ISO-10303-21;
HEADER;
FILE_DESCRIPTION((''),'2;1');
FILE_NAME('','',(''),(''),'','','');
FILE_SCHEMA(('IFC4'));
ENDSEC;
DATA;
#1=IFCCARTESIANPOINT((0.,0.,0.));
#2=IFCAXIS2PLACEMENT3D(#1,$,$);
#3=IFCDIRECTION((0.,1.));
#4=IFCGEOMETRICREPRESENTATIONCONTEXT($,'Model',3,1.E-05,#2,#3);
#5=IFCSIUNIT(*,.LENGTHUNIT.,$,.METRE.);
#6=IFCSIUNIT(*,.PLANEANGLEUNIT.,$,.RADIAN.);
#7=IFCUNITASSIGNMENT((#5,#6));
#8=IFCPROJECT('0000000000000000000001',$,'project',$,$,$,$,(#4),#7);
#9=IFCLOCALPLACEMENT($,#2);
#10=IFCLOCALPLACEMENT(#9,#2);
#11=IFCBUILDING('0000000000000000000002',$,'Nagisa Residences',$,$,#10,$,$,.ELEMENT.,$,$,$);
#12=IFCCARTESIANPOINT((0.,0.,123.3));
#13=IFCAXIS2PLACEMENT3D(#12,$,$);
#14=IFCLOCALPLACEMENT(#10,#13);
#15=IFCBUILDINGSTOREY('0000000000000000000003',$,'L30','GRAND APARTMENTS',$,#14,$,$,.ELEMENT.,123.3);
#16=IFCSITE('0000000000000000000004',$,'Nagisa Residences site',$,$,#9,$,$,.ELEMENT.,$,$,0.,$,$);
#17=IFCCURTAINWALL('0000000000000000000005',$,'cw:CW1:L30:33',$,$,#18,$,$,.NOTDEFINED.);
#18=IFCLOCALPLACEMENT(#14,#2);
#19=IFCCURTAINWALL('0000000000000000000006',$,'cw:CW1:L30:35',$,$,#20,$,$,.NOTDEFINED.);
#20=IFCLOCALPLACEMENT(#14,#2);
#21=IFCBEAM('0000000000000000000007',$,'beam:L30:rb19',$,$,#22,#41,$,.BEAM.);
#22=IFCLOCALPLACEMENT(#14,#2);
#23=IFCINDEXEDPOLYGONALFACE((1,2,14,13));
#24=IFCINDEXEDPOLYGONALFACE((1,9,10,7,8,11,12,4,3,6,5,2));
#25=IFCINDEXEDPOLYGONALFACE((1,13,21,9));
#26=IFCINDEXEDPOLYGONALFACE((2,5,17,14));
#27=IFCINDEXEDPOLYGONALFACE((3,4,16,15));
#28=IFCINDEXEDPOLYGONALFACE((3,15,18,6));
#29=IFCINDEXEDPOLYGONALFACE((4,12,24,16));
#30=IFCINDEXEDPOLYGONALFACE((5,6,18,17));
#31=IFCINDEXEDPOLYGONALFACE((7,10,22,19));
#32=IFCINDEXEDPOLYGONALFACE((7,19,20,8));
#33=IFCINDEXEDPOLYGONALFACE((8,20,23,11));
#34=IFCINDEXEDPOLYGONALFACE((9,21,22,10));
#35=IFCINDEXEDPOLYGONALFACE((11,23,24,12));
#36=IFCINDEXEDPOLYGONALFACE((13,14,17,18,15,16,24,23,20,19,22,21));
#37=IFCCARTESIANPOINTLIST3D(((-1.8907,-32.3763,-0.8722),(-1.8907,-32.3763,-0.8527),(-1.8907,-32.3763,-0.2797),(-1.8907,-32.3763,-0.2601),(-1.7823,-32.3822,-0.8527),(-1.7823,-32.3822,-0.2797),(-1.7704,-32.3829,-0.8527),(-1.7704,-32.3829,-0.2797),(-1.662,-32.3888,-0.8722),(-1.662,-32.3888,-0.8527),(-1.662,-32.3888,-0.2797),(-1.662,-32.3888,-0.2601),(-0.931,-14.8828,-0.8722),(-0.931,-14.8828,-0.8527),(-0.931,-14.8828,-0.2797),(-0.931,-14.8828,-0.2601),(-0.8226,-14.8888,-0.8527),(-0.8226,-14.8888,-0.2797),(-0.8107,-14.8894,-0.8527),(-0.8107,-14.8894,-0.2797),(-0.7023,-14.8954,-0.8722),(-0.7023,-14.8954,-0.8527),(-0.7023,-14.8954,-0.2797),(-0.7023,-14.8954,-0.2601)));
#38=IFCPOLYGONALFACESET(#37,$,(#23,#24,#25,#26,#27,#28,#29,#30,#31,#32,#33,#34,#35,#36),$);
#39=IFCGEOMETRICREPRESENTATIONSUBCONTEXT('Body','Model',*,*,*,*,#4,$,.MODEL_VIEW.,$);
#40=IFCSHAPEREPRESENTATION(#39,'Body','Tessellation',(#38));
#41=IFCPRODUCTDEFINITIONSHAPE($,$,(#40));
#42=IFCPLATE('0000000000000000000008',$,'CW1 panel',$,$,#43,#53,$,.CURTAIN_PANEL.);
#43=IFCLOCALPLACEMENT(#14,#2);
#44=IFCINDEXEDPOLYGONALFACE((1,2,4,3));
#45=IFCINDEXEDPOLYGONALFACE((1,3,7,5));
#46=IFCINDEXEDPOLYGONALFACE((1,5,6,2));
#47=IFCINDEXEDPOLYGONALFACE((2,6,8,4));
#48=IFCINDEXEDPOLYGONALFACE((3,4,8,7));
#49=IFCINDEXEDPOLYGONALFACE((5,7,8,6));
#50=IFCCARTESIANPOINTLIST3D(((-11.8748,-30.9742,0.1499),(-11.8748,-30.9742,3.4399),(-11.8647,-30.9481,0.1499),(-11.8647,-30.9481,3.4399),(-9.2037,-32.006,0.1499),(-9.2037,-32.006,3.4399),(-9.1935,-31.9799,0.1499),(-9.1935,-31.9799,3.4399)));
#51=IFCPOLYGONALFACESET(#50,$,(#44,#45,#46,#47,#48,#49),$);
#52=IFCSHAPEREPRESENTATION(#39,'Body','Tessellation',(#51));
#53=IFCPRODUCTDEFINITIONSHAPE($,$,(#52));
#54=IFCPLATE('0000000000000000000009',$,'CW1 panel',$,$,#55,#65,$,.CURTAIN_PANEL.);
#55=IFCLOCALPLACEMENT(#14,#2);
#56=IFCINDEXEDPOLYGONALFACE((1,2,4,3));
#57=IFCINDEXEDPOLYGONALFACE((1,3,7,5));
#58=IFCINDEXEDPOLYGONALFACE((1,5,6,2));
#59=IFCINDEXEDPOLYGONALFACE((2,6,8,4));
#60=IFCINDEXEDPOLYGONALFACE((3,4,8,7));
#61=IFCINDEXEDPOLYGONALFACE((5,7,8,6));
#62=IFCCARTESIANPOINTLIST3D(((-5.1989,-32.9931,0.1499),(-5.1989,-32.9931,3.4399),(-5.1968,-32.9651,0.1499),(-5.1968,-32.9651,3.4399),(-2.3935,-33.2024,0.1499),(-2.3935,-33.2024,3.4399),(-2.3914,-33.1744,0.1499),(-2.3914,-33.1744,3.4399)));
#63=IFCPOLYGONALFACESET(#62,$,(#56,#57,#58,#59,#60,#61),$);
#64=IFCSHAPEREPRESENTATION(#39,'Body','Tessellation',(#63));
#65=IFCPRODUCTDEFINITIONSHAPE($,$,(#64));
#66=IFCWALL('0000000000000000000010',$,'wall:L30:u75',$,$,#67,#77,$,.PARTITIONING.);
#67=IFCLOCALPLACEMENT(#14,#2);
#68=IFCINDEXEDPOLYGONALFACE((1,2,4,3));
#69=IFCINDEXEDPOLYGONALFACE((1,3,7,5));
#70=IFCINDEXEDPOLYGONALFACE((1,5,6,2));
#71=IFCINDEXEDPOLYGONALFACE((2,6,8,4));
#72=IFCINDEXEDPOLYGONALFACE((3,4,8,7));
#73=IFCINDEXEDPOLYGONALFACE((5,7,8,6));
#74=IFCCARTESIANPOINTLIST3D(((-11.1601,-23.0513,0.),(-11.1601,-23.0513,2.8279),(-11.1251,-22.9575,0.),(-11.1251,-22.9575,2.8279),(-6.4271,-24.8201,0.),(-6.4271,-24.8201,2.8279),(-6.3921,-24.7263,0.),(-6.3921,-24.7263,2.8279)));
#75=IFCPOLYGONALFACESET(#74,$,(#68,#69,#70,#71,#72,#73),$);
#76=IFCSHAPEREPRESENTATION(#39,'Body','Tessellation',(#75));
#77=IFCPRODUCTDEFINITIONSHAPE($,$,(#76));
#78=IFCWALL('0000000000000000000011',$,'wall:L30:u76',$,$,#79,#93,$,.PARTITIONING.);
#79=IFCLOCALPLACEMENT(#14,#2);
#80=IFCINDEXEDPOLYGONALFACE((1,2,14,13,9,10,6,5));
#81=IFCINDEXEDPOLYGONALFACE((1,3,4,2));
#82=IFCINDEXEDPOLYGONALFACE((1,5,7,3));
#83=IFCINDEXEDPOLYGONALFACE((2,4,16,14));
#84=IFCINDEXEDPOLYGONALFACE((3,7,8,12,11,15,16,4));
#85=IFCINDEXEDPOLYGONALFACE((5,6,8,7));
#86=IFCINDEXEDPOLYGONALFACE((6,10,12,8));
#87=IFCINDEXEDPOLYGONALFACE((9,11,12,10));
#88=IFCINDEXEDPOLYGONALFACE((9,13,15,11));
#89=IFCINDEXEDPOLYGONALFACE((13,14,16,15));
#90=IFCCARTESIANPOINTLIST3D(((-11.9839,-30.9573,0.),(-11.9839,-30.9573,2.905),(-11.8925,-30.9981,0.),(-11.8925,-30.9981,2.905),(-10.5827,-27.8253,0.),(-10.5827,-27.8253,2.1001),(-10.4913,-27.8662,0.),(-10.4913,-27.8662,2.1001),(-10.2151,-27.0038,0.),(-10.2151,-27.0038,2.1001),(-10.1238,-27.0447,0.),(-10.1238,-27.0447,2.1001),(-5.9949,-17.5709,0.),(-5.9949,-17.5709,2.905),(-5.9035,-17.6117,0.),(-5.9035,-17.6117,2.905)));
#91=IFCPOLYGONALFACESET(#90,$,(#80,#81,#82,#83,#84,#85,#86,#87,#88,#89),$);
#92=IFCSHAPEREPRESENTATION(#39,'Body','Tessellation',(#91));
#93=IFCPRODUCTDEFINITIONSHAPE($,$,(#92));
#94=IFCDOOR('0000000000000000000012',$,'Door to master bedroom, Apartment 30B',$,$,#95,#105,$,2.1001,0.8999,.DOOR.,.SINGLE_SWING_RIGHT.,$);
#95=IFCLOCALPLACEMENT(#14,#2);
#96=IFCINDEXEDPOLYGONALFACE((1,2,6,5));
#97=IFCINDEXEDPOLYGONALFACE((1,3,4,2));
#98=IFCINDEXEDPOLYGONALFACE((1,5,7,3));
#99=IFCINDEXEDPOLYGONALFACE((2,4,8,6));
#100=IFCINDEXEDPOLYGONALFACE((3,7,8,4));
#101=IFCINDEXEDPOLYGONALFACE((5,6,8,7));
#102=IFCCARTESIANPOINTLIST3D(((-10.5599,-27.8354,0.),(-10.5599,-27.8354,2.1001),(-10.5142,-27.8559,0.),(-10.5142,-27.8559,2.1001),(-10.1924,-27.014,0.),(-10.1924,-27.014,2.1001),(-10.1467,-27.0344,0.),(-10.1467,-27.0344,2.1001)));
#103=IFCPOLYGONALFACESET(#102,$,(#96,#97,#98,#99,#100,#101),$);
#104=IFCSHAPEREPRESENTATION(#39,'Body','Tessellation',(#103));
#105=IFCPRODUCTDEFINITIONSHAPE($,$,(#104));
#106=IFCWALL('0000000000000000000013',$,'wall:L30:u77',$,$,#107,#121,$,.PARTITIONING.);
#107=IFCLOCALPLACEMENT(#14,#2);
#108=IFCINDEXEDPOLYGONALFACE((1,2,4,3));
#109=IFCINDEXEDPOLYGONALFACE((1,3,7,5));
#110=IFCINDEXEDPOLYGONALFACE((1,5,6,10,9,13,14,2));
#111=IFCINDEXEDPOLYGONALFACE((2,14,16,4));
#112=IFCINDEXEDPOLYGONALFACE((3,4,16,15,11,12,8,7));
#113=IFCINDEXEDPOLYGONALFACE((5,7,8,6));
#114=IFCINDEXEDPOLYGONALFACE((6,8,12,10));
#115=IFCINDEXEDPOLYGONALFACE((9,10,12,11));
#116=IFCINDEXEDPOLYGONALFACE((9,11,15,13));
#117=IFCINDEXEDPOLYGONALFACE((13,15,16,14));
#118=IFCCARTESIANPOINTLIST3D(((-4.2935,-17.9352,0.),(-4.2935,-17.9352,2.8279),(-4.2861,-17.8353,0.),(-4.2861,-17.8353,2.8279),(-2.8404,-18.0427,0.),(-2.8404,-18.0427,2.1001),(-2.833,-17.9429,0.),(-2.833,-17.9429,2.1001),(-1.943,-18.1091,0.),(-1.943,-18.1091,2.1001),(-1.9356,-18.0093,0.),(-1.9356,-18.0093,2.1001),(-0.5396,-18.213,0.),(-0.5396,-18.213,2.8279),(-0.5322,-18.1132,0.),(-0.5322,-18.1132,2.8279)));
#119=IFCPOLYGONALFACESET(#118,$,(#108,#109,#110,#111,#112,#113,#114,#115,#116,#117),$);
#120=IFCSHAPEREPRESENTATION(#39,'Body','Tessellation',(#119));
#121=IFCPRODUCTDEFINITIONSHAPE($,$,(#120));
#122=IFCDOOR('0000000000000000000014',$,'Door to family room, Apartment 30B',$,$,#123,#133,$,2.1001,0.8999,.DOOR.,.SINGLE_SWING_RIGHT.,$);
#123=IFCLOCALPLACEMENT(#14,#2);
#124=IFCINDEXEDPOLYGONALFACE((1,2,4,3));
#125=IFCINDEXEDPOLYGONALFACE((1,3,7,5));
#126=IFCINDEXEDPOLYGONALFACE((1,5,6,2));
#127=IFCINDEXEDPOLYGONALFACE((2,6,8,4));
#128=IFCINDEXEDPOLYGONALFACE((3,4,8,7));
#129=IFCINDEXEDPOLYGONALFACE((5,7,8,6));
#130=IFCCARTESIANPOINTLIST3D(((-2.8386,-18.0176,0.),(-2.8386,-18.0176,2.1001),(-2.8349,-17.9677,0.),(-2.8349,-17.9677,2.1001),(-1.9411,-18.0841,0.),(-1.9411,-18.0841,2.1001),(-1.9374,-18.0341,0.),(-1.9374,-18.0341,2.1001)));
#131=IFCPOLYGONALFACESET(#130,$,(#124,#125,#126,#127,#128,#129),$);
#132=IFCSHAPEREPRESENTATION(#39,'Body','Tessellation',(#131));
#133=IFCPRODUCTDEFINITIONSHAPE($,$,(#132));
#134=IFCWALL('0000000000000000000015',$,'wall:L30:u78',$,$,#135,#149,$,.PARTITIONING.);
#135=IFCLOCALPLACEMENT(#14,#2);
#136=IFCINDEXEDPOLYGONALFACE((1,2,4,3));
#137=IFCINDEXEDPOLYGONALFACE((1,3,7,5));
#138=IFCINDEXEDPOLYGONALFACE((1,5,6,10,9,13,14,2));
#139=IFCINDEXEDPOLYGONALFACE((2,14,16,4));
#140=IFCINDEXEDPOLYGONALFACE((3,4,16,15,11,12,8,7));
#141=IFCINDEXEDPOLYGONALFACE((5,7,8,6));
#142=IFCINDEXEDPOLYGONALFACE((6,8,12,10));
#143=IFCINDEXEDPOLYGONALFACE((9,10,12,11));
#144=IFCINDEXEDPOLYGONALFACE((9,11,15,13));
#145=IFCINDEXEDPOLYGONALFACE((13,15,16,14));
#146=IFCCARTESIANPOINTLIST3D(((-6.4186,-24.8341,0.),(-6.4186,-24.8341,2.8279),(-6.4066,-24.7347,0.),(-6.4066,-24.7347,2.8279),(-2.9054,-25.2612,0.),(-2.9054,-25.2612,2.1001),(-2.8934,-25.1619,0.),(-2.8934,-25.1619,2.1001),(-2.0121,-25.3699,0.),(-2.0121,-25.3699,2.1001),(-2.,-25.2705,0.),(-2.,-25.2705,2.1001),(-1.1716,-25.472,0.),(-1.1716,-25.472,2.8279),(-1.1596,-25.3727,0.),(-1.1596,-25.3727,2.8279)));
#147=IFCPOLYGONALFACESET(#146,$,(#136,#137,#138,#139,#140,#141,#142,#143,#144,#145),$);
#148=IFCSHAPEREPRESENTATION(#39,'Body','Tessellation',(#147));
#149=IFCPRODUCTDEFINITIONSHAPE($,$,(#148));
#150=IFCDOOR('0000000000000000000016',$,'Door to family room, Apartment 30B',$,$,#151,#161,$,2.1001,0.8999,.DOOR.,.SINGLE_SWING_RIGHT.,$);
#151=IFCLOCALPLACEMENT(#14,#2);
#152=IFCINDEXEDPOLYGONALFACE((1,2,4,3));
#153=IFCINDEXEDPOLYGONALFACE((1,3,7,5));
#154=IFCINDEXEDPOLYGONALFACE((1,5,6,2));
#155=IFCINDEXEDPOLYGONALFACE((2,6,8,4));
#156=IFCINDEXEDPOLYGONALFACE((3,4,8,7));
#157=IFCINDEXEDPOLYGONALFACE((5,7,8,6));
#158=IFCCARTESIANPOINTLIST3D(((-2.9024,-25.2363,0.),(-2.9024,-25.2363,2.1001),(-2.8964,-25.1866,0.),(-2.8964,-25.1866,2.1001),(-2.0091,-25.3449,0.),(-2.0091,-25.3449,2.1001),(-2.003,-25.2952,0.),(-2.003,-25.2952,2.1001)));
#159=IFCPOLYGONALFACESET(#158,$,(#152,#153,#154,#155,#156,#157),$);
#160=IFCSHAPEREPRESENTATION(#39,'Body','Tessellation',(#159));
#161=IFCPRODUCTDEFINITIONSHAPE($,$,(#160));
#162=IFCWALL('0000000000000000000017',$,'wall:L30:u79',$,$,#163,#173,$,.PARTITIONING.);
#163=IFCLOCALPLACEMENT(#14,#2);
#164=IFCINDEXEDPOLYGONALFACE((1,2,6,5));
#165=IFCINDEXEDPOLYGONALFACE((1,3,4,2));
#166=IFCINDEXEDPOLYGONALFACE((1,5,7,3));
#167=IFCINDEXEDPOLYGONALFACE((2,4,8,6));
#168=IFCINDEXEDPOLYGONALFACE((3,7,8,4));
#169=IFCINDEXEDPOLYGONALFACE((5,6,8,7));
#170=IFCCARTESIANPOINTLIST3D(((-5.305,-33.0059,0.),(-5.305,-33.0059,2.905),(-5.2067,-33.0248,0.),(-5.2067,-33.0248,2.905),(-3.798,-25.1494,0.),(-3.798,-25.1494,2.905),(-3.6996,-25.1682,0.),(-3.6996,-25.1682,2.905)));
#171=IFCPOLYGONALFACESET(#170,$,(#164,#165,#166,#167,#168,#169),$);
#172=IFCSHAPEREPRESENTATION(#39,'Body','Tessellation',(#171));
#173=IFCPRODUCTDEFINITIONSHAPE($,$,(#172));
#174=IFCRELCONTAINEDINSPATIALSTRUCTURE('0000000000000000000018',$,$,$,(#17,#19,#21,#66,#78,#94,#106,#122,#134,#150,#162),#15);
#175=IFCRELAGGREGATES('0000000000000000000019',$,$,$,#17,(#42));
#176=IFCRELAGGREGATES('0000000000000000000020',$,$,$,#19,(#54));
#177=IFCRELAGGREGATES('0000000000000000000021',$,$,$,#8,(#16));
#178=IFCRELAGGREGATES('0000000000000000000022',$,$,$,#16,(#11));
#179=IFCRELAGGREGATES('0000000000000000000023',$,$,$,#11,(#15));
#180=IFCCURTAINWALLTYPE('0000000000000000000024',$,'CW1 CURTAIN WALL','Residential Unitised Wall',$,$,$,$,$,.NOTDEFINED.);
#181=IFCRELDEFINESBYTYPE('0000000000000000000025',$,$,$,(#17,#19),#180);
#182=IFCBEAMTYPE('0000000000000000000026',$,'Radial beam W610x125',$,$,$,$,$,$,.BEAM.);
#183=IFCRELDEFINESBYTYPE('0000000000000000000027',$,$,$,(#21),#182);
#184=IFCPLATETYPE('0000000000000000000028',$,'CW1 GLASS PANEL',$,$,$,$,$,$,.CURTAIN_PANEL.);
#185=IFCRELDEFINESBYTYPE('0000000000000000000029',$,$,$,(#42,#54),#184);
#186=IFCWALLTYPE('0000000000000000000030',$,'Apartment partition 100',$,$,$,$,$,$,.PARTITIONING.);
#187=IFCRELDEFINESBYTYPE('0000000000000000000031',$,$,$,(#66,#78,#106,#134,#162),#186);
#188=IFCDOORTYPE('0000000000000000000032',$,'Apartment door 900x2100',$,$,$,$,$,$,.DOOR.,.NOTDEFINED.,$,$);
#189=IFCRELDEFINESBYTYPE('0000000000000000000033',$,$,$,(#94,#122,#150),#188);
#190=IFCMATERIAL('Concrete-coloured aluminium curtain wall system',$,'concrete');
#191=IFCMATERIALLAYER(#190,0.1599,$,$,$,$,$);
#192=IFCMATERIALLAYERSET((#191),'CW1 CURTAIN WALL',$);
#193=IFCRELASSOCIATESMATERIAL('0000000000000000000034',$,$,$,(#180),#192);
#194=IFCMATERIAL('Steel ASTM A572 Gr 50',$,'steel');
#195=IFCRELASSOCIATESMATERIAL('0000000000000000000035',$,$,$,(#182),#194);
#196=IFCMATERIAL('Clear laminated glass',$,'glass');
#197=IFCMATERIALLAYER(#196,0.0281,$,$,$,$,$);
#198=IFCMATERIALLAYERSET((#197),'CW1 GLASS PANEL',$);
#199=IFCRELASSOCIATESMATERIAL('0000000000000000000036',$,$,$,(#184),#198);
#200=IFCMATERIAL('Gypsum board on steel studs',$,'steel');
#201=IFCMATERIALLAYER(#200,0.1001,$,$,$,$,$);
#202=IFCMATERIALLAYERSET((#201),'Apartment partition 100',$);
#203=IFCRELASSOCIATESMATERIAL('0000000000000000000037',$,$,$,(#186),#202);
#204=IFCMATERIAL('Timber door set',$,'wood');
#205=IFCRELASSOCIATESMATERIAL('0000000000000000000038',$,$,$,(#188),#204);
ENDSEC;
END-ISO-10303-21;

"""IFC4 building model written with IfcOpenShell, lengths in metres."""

from ifc_helpers import new_model, si_unit, direction, frame, frame_2d, origin, origin_2d, place, context, subcontext, project, spatial, rectangle, i_section, extrude, material, layer, layer_set, material_profile, profile_set, type_object, element, fill, aggregate, save


model = new_model("IFC4")

# Units and contexts
model_context = context("Model", 3, precision=1e-05, world=origin(), true_north=direction((0.0, 1.0)))
body_context = subcontext(model_context, "Body", "Model", "MODEL_VIEW")
ifc_project = project(units=[si_unit("LENGTHUNIT", "METRE"), si_unit("PLANEANGLEUNIT", "RADIAN")], contexts=[model_context])

# Site, building, storey
site_placement = place(None, origin())
site = spatial("IfcSite", under=ifc_project, at=site_placement, Name="Nagisa Residences site", CompositionType="ELEMENT", RefElevation=0.0)
building_placement = place(site_placement, origin())
building = spatial("IfcBuilding", under=site, at=building_placement, Name="Nagisa Residences", CompositionType="ELEMENT")
storey_placement = place(building_placement, frame((0.0, 0.0, 123.3)))
storey = spatial("IfcBuildingStorey", under=building, at=storey_placement, Name="L30", Description="GRAND APARTMENTS", CompositionType="ELEMENT", Elevation=123.3)

# Curtain walls
ifc_material_1 = material(Name="Concrete-coloured aluminium curtain wall system", Category="concrete")
ifc_layer_1 = layer(ifc_material_1, 0.1599)
ifc_layer_set_1 = layer_set([ifc_layer_1], Name="CW1 CURTAIN WALL")
curtain_wall_type = type_object("IfcCurtainWallType", Name="CW1 CURTAIN WALL", Description="Residential Unitised Wall", PredefinedType="NOTDEFINED", material=ifc_layer_set_1)
curtain_wall_1_placement = place(storey_placement, origin())
curtain_wall_1 = element("IfcCurtainWall", 1, at=curtain_wall_1_placement, inside=storey, type_object=curtain_wall_type, Name="cw:CW1:L30:33", PredefinedType="NOTDEFINED")
curtain_wall_2_placement = place(storey_placement, origin())
curtain_wall_2 = element("IfcCurtainWall", 2, at=curtain_wall_2_placement, inside=storey, type_object=curtain_wall_type, Name="cw:CW1:L30:35", PredefinedType="NOTDEFINED")

# Beam
ifc_material_2 = material(Name="Steel ASTM A572 Gr 50", Category="steel")
ifc_material_profile_1 = material_profile(ifc_material_2, i_section(OverallWidth=0.229, OverallDepth=0.6121, WebThickness=0.012, FlangeThickness=0.0195, at=origin_2d()), Name="W610x125")
ifc_profile_set_1 = profile_set([ifc_material_profile_1], Name="Steel ASTM A572 Gr 50")
beam_type_1 = type_object("IfcBeamType", Name="Radial beam W610x125", PredefinedType="BEAM", material=ifc_profile_set_1)
beam_1_placement = place(storey_placement, frame((-1.7764, -32.3826, -0.5662), z_axis=(0.054779, 0.998498, 0.0), x_axis=(-0.998498, 0.054779, 0.0)))
element("IfcBeam", 3, at=beam_1_placement, inside=storey, type_object=beam_type_1, Name="beam:L30:rb19", PredefinedType="BEAM", context=body_context, shape_type="SweptSolid", body=[
    extrude(i_section(OverallWidth=0.229, OverallDepth=0.6121, WebThickness=0.012, FlangeThickness=0.0195, at=origin_2d()), origin(), (0.0, 0.0, 1.0), 17.5198),
])

# Plates
ifc_material_3 = material(Name="Clear laminated glass", Category="glass")
ifc_layer_2 = layer(ifc_material_3, 0.0281)
ifc_layer_set_2 = layer_set([ifc_layer_2], Name="CW1 GLASS PANEL")
plate_type = type_object("IfcPlateType", Name="CW1 GLASS PANEL", PredefinedType="CURTAIN_PANEL", material=ifc_layer_set_2)
plate_1_placement = place(storey_placement, frame((-10.5342, -31.4771, 0.1499), z_axis=(0.0, 0.0, 1.0), x_axis=(0.932826, -0.360328, 0.0)))
plate_1 = element("IfcPlate", 4, at=plate_1_placement, type_object=plate_type, Name="CW1 panel", PredefinedType="CURTAIN_PANEL", context=body_context, shape_type="SweptSolid", body=[
    extrude(rectangle(XDim=2.8635, YDim=0.0281, at=origin_2d()), origin(), (0.0, 0.0, 1.0), 3.29),
])
aggregate(curtain_wall_1, [plate_1])
plate_2_placement = place(storey_placement, frame((-3.7952, -33.0837, 0.1499), z_axis=(0.0, 0.0, 1.0), x_axis=(0.99723, -0.074377, 0.0)))
plate_2 = element("IfcPlate", 5, at=plate_2_placement, type_object=plate_type, Name="CW1 panel", PredefinedType="CURTAIN_PANEL", context=body_context, shape_type="SweptSolid", body=[
    extrude(rectangle(XDim=2.8132, YDim=0.0281, at=origin_2d()), origin(), (0.0, 0.0, 1.0), 3.29),
])
aggregate(curtain_wall_2, [plate_2])

# Wall
ifc_material_4 = material(Name="Gypsum board on steel studs", Category="steel")
ifc_layer_3 = layer(ifc_material_4, 0.1001)
ifc_layer_set_3 = layer_set([ifc_layer_3], Name="Apartment partition 100")
wall_type_1 = type_object("IfcWallType", Name="Apartment partition 100", PredefinedType="PARTITIONING", material=ifc_layer_set_3)
wall_1_placement = place(storey_placement, frame((-11.1426, -23.0044, 0.0), z_axis=(0.0, 0.0, 1.0), x_axis=(0.936722, -0.350075, 0.0)))
element("IfcWall", 6, at=wall_1_placement, inside=storey, type_object=wall_type_1, Name="wall:L30:u75", PredefinedType="PARTITIONING", context=body_context, shape_type="SweptSolid", body=[
    extrude(rectangle(XDim=5.0527, YDim=0.1001, at=frame_2d((2.5264, 0.0))), origin(), (0.0, 0.0, 1.0), 2.8279),
])

# Walls, openings, doors
wall_2_placement = place(storey_placement, frame((-5.9492, -17.5913, 0.0), z_axis=(0.0, 0.0, 1.0), x_axis=(-0.408385, -0.91281, 0.0)))
wall_2 = element("IfcWall", 7, at=wall_2_placement, inside=storey, type_object=wall_type_1, Name="wall:L30:u76", PredefinedType="PARTITIONING", context=body_context, shape_type="SweptSolid", body=[
    extrude(rectangle(XDim=14.665, YDim=0.1001, at=frame_2d((7.3325, 0.0))), origin(), (0.0, 0.0, 1.0), 2.905),
])
opening_1_placement = place(wall_2_placement, frame((10.334, 0.0, 0.0)))
opening_1 = element("IfcOpeningElement", 8, at=opening_1_placement, cuts=wall_2, PredefinedType="OPENING", context=body_context, shape_type="SweptSolid", body=[
    extrude(rectangle(XDim=0.8999, YDim=2.1001, at=frame_2d((0.45, 1.05))), frame((0.0, 0.0601, 0.0), z_axis=(0.0, -1.0, 0.0), x_axis=(1.0, 0.0, 0.0)), (0.0, 0.0, 1.0), 0.1201),
])
ifc_material_5 = material(Name="Timber door set", Category="wood")
door_type_1 = type_object("IfcDoorType", Name="Apartment door 900x2100", OperationType="NOTDEFINED", PredefinedType="DOOR", material=ifc_material_5)
door_1_placement = place(opening_1_placement, origin())
door_1 = element("IfcDoor", 9, at=door_1_placement, inside=storey, type_object=door_type_1, Name="Door to master bedroom, Apartment 30B", OperationType="SINGLE_SWING_RIGHT", OverallHeight=2.1001, OverallWidth=0.8999, PredefinedType="DOOR", context=body_context, shape_type="SweptSolid", body=[
    extrude(rectangle(XDim=0.8999, YDim=2.1001, at=frame_2d((0.45, 1.05))), frame((0.0, 0.0249, 0.0), z_axis=(0.0, -1.0, 0.0), x_axis=(1.0, 0.0, 0.0)), (0.0, 0.0, 1.0), 0.05),
])
fill(opening_1, door_1)
wall_3_placement = place(storey_placement, frame((-4.2898, -17.8853, 0.0), z_axis=(0.0, 0.0, 1.0), x_axis=(0.997272, -0.07381, 0.0)))
wall_3 = element("IfcWall", 10, at=wall_3_placement, inside=storey, type_object=wall_type_1, Name="wall:L30:u77", PredefinedType="PARTITIONING", context=body_context, shape_type="SweptSolid", body=[
    extrude(rectangle(XDim=3.7642, YDim=0.1001, at=frame_2d((1.8821, 0.0))), origin(), (0.0, 0.0, 1.0), 2.8279),
])
opening_2_placement = place(wall_3_placement, frame((1.457, 0.0, 0.0)))
opening_2 = element("IfcOpeningElement", 11, at=opening_2_placement, cuts=wall_3, PredefinedType="OPENING", context=body_context, shape_type="SweptSolid", body=[
    extrude(rectangle(XDim=0.8999, YDim=2.1001, at=frame_2d((0.45, 1.05))), frame((0.0, 0.0601, 0.0), z_axis=(0.0, -1.0, 0.0), x_axis=(1.0, 0.0, 0.0)), (0.0, 0.0, 1.0), 0.1201),
])
door_2_placement = place(opening_2_placement, frame((0.8999, 0.0, 0.0), x_axis=(-1.0, 0.0, 0.0)))
door_2 = element("IfcDoor", 12, at=door_2_placement, inside=storey, type_object=door_type_1, Name="Door to family room, Apartment 30B", OperationType="SINGLE_SWING_RIGHT", OverallHeight=2.1001, OverallWidth=0.8999, PredefinedType="DOOR", context=body_context, shape_type="SweptSolid", body=[
    extrude(rectangle(XDim=0.8999, YDim=2.1001, at=frame_2d((0.45, 1.05))), frame((0.0, 0.0249, 0.0), z_axis=(0.0, -1.0, 0.0), x_axis=(1.0, 0.0, 0.0)), (0.0, 0.0, 1.0), 0.05),
])
fill(opening_2, door_2)
wall_4_placement = place(storey_placement, frame((-6.4126, -24.7844, 0.0), z_axis=(0.0, 0.0, 1.0), x_axis=(0.99269, -0.120691, 0.0)))
wall_4 = element("IfcWall", 13, at=wall_4_placement, inside=storey, type_object=wall_type_1, Name="wall:L30:u78", PredefinedType="PARTITIONING", context=body_context, shape_type="SweptSolid", body=[
    extrude(rectangle(XDim=5.2856, YDim=0.1001, at=frame_2d((2.6428, 0.0))), origin(), (0.0, 0.0, 1.0), 2.8279),
])
opening_3_placement = place(wall_4_placement, frame((3.5391, 0.0, 0.0)))
opening_3 = element("IfcOpeningElement", 14, at=opening_3_placement, cuts=wall_4, PredefinedType="OPENING", context=body_context, shape_type="SweptSolid", body=[
    extrude(rectangle(XDim=0.8999, YDim=2.1001, at=frame_2d((0.45, 1.05))), frame((0.0, 0.0601, 0.0), z_axis=(0.0, -1.0, 0.0), x_axis=(1.0, 0.0, 0.0)), (0.0, 0.0, 1.0), 0.1201),
])
door_3_placement = place(opening_3_placement, frame((0.8999, 0.0, 0.0), x_axis=(-1.0, 0.0, 0.0)))
door_3 = element("IfcDoor", 15, at=door_3_placement, inside=storey, type_object=door_type_1, Name="Door to family room, Apartment 30B", OperationType="SINGLE_SWING_RIGHT", OverallHeight=2.1001, OverallWidth=0.8999, PredefinedType="DOOR", context=body_context, shape_type="SweptSolid", body=[
    extrude(rectangle(XDim=0.8999, YDim=2.1001, at=frame_2d((0.45, 1.05))), frame((0.0, 0.0249, 0.0), z_axis=(0.0, -1.0, 0.0), x_axis=(1.0, 0.0, 0.0)), (0.0, 0.0, 1.0), 0.05),
])
fill(opening_3, door_3)

# Wall
wall_5_placement = place(storey_placement, frame((-3.7488, -25.1587, 0.0), z_axis=(0.0, 0.0, 1.0), x_axis=(-0.188392, -0.982094, 0.0)))
element("IfcWall", 16, at=wall_5_placement, inside=storey, type_object=wall_type_1, Name="wall:L30:u79", PredefinedType="PARTITIONING", context=body_context, shape_type="SweptSolid", body=[
    extrude(rectangle(XDim=7.9998, YDim=0.1001, at=frame_2d((4.0, 0.0))), origin(), (0.0, 0.0, 1.0), 2.905),
])

save(model, "model.ifc")
